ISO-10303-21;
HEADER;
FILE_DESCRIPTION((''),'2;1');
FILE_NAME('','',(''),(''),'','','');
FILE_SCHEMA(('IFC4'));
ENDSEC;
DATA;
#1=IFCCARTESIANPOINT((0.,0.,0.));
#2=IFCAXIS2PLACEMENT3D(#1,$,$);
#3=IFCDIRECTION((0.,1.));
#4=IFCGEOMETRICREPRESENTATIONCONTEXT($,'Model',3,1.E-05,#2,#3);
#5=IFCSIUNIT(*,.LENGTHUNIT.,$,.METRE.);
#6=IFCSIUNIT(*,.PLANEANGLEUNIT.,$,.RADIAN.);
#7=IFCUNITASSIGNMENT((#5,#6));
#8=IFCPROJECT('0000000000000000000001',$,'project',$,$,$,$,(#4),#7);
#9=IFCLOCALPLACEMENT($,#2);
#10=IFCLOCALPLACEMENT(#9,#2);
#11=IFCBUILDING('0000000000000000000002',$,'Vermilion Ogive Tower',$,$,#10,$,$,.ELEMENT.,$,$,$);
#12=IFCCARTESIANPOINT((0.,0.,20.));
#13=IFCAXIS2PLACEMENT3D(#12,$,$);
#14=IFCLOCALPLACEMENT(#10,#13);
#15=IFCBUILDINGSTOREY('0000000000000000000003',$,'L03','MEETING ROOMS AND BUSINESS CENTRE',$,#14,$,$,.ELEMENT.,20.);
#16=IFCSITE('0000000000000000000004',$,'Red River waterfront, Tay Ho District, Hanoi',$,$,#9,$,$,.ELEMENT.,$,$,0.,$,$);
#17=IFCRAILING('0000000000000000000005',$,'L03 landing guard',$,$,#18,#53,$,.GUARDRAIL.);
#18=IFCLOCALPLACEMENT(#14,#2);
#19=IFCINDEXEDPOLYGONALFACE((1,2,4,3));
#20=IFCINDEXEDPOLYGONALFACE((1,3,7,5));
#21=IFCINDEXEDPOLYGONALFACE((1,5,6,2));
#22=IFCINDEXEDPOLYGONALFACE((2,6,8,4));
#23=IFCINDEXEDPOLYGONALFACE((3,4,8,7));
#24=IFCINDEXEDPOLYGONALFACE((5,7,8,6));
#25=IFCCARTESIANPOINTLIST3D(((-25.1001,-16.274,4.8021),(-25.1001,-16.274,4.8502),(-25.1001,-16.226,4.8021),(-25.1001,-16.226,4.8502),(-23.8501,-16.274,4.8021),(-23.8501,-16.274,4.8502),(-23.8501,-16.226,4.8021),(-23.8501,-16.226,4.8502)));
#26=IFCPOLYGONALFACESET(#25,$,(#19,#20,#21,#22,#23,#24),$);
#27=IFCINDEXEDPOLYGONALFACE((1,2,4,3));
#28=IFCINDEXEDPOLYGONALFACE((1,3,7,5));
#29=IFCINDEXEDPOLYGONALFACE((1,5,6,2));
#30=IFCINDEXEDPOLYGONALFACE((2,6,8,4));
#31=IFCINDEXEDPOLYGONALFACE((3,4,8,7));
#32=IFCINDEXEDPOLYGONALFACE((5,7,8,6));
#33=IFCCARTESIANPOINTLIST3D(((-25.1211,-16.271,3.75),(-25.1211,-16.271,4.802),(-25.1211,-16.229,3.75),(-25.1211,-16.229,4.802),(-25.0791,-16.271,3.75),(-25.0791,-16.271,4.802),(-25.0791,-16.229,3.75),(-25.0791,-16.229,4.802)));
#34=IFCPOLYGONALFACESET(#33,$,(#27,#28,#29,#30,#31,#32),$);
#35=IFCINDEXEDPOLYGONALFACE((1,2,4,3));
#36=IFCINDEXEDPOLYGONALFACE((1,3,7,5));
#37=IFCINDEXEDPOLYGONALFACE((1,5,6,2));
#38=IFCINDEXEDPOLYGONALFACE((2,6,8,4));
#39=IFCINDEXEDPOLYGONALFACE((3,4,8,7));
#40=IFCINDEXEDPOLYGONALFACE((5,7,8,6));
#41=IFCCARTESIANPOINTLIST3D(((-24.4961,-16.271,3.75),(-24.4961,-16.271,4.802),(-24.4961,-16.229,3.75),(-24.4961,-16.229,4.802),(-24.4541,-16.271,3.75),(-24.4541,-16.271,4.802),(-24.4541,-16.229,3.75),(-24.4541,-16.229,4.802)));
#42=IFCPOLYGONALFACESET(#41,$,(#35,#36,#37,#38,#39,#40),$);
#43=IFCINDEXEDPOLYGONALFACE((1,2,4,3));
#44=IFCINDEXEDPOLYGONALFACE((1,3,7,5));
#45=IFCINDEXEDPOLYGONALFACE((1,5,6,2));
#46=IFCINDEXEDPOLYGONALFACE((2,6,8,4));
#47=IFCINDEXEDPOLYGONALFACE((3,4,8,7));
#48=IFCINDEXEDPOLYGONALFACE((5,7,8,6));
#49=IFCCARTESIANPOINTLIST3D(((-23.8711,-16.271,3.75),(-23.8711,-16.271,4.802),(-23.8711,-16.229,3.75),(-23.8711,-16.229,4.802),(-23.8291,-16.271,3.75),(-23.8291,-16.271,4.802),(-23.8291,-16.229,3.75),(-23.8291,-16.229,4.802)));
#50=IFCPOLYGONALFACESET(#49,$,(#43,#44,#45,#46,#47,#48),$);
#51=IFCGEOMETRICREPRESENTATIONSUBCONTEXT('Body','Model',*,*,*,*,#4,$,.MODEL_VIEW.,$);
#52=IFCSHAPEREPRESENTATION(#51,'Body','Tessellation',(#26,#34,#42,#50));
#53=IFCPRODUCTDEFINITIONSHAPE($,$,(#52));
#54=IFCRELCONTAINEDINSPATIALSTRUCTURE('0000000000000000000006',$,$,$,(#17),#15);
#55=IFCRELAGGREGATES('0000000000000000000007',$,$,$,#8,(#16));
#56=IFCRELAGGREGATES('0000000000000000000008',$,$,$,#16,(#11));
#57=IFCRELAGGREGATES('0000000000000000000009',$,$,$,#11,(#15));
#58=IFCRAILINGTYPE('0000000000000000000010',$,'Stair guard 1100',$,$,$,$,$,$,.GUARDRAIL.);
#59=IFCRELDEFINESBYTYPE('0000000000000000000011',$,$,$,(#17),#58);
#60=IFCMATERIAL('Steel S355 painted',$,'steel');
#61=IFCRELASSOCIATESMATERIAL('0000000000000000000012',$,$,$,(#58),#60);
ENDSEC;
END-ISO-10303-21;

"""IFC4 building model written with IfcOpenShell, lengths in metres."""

from ifc_helpers import new_model, si_unit, direction, frame, origin, origin_2d, place, context, subcontext, project, spatial, rectangle, extrude, material, type_object, element, save


model = new_model("IFC4")

# Units and contexts
model_context = context("Model", 3, precision=1e-05, world=origin(), true_north=direction((0.0, 1.0)))
body_context = subcontext(model_context, "Body", "Model", "MODEL_VIEW")
ifc_project = project(units=[si_unit("LENGTHUNIT", "METRE"), si_unit("PLANEANGLEUNIT", "RADIAN")], contexts=[model_context])

# Site, building, storey
site_placement = place(None, origin())
site = spatial("IfcSite", under=ifc_project, at=site_placement, Name="Red River waterfront, Tay Ho District, Hanoi", CompositionType="ELEMENT", RefElevation=0.0)
building_placement = place(site_placement, origin())
building = spatial("IfcBuilding", under=site, at=building_placement, Name="Vermilion Ogive Tower", CompositionType="ELEMENT")
storey_placement = place(building_placement, frame((0.0, 0.0, 20.0)))
storey = spatial("IfcBuildingStorey", under=building, at=storey_placement, Name="L03", Description="MEETING ROOMS AND BUSINESS CENTRE", CompositionType="ELEMENT", Elevation=20.0)

# Railing
ifc_material_1 = material(Name="Steel S355 painted", Category="steel")
railing_type = type_object("IfcRailingType", Name="Stair guard 1100", PredefinedType="GUARDRAIL", material=ifc_material_1)
for number, where, name in (
    (1, (-25.1001, -16.25, 3.75), "L03 landing guard"),
):
    element("IfcRailing", number, at=place(storey_placement, frame(where)), inside=storey, type_object=railing_type, Name=name, PredefinedType="GUARDRAIL", context=body_context, shape_type="SweptSolid", body=[
        extrude(rectangle(XDim=0.0481, YDim=0.0481, at=origin_2d()), frame((0.0, 0.0, 1.0762), z_axis=(1.0, 0.0, 0.0), x_axis=(0.0, 1.0, 0.0)), (0.0, 0.0, 1.0), 1.25),
        extrude(rectangle(XDim=0.042, YDim=0.042, at=origin_2d()), origin(), (0.0, 0.0, 1.0), 1.052),
        extrude(rectangle(XDim=0.042, YDim=0.042, at=origin_2d()), frame((0.625, 0.0, 0.0)), (0.0, 0.0, 1.0), 1.052),
        extrude(rectangle(XDim=0.042, YDim=0.042, at=origin_2d()), frame((1.25, 0.0, 0.0)), (0.0, 0.0, 1.0), 1.052),
    ])

save(model, "model.ifc")
